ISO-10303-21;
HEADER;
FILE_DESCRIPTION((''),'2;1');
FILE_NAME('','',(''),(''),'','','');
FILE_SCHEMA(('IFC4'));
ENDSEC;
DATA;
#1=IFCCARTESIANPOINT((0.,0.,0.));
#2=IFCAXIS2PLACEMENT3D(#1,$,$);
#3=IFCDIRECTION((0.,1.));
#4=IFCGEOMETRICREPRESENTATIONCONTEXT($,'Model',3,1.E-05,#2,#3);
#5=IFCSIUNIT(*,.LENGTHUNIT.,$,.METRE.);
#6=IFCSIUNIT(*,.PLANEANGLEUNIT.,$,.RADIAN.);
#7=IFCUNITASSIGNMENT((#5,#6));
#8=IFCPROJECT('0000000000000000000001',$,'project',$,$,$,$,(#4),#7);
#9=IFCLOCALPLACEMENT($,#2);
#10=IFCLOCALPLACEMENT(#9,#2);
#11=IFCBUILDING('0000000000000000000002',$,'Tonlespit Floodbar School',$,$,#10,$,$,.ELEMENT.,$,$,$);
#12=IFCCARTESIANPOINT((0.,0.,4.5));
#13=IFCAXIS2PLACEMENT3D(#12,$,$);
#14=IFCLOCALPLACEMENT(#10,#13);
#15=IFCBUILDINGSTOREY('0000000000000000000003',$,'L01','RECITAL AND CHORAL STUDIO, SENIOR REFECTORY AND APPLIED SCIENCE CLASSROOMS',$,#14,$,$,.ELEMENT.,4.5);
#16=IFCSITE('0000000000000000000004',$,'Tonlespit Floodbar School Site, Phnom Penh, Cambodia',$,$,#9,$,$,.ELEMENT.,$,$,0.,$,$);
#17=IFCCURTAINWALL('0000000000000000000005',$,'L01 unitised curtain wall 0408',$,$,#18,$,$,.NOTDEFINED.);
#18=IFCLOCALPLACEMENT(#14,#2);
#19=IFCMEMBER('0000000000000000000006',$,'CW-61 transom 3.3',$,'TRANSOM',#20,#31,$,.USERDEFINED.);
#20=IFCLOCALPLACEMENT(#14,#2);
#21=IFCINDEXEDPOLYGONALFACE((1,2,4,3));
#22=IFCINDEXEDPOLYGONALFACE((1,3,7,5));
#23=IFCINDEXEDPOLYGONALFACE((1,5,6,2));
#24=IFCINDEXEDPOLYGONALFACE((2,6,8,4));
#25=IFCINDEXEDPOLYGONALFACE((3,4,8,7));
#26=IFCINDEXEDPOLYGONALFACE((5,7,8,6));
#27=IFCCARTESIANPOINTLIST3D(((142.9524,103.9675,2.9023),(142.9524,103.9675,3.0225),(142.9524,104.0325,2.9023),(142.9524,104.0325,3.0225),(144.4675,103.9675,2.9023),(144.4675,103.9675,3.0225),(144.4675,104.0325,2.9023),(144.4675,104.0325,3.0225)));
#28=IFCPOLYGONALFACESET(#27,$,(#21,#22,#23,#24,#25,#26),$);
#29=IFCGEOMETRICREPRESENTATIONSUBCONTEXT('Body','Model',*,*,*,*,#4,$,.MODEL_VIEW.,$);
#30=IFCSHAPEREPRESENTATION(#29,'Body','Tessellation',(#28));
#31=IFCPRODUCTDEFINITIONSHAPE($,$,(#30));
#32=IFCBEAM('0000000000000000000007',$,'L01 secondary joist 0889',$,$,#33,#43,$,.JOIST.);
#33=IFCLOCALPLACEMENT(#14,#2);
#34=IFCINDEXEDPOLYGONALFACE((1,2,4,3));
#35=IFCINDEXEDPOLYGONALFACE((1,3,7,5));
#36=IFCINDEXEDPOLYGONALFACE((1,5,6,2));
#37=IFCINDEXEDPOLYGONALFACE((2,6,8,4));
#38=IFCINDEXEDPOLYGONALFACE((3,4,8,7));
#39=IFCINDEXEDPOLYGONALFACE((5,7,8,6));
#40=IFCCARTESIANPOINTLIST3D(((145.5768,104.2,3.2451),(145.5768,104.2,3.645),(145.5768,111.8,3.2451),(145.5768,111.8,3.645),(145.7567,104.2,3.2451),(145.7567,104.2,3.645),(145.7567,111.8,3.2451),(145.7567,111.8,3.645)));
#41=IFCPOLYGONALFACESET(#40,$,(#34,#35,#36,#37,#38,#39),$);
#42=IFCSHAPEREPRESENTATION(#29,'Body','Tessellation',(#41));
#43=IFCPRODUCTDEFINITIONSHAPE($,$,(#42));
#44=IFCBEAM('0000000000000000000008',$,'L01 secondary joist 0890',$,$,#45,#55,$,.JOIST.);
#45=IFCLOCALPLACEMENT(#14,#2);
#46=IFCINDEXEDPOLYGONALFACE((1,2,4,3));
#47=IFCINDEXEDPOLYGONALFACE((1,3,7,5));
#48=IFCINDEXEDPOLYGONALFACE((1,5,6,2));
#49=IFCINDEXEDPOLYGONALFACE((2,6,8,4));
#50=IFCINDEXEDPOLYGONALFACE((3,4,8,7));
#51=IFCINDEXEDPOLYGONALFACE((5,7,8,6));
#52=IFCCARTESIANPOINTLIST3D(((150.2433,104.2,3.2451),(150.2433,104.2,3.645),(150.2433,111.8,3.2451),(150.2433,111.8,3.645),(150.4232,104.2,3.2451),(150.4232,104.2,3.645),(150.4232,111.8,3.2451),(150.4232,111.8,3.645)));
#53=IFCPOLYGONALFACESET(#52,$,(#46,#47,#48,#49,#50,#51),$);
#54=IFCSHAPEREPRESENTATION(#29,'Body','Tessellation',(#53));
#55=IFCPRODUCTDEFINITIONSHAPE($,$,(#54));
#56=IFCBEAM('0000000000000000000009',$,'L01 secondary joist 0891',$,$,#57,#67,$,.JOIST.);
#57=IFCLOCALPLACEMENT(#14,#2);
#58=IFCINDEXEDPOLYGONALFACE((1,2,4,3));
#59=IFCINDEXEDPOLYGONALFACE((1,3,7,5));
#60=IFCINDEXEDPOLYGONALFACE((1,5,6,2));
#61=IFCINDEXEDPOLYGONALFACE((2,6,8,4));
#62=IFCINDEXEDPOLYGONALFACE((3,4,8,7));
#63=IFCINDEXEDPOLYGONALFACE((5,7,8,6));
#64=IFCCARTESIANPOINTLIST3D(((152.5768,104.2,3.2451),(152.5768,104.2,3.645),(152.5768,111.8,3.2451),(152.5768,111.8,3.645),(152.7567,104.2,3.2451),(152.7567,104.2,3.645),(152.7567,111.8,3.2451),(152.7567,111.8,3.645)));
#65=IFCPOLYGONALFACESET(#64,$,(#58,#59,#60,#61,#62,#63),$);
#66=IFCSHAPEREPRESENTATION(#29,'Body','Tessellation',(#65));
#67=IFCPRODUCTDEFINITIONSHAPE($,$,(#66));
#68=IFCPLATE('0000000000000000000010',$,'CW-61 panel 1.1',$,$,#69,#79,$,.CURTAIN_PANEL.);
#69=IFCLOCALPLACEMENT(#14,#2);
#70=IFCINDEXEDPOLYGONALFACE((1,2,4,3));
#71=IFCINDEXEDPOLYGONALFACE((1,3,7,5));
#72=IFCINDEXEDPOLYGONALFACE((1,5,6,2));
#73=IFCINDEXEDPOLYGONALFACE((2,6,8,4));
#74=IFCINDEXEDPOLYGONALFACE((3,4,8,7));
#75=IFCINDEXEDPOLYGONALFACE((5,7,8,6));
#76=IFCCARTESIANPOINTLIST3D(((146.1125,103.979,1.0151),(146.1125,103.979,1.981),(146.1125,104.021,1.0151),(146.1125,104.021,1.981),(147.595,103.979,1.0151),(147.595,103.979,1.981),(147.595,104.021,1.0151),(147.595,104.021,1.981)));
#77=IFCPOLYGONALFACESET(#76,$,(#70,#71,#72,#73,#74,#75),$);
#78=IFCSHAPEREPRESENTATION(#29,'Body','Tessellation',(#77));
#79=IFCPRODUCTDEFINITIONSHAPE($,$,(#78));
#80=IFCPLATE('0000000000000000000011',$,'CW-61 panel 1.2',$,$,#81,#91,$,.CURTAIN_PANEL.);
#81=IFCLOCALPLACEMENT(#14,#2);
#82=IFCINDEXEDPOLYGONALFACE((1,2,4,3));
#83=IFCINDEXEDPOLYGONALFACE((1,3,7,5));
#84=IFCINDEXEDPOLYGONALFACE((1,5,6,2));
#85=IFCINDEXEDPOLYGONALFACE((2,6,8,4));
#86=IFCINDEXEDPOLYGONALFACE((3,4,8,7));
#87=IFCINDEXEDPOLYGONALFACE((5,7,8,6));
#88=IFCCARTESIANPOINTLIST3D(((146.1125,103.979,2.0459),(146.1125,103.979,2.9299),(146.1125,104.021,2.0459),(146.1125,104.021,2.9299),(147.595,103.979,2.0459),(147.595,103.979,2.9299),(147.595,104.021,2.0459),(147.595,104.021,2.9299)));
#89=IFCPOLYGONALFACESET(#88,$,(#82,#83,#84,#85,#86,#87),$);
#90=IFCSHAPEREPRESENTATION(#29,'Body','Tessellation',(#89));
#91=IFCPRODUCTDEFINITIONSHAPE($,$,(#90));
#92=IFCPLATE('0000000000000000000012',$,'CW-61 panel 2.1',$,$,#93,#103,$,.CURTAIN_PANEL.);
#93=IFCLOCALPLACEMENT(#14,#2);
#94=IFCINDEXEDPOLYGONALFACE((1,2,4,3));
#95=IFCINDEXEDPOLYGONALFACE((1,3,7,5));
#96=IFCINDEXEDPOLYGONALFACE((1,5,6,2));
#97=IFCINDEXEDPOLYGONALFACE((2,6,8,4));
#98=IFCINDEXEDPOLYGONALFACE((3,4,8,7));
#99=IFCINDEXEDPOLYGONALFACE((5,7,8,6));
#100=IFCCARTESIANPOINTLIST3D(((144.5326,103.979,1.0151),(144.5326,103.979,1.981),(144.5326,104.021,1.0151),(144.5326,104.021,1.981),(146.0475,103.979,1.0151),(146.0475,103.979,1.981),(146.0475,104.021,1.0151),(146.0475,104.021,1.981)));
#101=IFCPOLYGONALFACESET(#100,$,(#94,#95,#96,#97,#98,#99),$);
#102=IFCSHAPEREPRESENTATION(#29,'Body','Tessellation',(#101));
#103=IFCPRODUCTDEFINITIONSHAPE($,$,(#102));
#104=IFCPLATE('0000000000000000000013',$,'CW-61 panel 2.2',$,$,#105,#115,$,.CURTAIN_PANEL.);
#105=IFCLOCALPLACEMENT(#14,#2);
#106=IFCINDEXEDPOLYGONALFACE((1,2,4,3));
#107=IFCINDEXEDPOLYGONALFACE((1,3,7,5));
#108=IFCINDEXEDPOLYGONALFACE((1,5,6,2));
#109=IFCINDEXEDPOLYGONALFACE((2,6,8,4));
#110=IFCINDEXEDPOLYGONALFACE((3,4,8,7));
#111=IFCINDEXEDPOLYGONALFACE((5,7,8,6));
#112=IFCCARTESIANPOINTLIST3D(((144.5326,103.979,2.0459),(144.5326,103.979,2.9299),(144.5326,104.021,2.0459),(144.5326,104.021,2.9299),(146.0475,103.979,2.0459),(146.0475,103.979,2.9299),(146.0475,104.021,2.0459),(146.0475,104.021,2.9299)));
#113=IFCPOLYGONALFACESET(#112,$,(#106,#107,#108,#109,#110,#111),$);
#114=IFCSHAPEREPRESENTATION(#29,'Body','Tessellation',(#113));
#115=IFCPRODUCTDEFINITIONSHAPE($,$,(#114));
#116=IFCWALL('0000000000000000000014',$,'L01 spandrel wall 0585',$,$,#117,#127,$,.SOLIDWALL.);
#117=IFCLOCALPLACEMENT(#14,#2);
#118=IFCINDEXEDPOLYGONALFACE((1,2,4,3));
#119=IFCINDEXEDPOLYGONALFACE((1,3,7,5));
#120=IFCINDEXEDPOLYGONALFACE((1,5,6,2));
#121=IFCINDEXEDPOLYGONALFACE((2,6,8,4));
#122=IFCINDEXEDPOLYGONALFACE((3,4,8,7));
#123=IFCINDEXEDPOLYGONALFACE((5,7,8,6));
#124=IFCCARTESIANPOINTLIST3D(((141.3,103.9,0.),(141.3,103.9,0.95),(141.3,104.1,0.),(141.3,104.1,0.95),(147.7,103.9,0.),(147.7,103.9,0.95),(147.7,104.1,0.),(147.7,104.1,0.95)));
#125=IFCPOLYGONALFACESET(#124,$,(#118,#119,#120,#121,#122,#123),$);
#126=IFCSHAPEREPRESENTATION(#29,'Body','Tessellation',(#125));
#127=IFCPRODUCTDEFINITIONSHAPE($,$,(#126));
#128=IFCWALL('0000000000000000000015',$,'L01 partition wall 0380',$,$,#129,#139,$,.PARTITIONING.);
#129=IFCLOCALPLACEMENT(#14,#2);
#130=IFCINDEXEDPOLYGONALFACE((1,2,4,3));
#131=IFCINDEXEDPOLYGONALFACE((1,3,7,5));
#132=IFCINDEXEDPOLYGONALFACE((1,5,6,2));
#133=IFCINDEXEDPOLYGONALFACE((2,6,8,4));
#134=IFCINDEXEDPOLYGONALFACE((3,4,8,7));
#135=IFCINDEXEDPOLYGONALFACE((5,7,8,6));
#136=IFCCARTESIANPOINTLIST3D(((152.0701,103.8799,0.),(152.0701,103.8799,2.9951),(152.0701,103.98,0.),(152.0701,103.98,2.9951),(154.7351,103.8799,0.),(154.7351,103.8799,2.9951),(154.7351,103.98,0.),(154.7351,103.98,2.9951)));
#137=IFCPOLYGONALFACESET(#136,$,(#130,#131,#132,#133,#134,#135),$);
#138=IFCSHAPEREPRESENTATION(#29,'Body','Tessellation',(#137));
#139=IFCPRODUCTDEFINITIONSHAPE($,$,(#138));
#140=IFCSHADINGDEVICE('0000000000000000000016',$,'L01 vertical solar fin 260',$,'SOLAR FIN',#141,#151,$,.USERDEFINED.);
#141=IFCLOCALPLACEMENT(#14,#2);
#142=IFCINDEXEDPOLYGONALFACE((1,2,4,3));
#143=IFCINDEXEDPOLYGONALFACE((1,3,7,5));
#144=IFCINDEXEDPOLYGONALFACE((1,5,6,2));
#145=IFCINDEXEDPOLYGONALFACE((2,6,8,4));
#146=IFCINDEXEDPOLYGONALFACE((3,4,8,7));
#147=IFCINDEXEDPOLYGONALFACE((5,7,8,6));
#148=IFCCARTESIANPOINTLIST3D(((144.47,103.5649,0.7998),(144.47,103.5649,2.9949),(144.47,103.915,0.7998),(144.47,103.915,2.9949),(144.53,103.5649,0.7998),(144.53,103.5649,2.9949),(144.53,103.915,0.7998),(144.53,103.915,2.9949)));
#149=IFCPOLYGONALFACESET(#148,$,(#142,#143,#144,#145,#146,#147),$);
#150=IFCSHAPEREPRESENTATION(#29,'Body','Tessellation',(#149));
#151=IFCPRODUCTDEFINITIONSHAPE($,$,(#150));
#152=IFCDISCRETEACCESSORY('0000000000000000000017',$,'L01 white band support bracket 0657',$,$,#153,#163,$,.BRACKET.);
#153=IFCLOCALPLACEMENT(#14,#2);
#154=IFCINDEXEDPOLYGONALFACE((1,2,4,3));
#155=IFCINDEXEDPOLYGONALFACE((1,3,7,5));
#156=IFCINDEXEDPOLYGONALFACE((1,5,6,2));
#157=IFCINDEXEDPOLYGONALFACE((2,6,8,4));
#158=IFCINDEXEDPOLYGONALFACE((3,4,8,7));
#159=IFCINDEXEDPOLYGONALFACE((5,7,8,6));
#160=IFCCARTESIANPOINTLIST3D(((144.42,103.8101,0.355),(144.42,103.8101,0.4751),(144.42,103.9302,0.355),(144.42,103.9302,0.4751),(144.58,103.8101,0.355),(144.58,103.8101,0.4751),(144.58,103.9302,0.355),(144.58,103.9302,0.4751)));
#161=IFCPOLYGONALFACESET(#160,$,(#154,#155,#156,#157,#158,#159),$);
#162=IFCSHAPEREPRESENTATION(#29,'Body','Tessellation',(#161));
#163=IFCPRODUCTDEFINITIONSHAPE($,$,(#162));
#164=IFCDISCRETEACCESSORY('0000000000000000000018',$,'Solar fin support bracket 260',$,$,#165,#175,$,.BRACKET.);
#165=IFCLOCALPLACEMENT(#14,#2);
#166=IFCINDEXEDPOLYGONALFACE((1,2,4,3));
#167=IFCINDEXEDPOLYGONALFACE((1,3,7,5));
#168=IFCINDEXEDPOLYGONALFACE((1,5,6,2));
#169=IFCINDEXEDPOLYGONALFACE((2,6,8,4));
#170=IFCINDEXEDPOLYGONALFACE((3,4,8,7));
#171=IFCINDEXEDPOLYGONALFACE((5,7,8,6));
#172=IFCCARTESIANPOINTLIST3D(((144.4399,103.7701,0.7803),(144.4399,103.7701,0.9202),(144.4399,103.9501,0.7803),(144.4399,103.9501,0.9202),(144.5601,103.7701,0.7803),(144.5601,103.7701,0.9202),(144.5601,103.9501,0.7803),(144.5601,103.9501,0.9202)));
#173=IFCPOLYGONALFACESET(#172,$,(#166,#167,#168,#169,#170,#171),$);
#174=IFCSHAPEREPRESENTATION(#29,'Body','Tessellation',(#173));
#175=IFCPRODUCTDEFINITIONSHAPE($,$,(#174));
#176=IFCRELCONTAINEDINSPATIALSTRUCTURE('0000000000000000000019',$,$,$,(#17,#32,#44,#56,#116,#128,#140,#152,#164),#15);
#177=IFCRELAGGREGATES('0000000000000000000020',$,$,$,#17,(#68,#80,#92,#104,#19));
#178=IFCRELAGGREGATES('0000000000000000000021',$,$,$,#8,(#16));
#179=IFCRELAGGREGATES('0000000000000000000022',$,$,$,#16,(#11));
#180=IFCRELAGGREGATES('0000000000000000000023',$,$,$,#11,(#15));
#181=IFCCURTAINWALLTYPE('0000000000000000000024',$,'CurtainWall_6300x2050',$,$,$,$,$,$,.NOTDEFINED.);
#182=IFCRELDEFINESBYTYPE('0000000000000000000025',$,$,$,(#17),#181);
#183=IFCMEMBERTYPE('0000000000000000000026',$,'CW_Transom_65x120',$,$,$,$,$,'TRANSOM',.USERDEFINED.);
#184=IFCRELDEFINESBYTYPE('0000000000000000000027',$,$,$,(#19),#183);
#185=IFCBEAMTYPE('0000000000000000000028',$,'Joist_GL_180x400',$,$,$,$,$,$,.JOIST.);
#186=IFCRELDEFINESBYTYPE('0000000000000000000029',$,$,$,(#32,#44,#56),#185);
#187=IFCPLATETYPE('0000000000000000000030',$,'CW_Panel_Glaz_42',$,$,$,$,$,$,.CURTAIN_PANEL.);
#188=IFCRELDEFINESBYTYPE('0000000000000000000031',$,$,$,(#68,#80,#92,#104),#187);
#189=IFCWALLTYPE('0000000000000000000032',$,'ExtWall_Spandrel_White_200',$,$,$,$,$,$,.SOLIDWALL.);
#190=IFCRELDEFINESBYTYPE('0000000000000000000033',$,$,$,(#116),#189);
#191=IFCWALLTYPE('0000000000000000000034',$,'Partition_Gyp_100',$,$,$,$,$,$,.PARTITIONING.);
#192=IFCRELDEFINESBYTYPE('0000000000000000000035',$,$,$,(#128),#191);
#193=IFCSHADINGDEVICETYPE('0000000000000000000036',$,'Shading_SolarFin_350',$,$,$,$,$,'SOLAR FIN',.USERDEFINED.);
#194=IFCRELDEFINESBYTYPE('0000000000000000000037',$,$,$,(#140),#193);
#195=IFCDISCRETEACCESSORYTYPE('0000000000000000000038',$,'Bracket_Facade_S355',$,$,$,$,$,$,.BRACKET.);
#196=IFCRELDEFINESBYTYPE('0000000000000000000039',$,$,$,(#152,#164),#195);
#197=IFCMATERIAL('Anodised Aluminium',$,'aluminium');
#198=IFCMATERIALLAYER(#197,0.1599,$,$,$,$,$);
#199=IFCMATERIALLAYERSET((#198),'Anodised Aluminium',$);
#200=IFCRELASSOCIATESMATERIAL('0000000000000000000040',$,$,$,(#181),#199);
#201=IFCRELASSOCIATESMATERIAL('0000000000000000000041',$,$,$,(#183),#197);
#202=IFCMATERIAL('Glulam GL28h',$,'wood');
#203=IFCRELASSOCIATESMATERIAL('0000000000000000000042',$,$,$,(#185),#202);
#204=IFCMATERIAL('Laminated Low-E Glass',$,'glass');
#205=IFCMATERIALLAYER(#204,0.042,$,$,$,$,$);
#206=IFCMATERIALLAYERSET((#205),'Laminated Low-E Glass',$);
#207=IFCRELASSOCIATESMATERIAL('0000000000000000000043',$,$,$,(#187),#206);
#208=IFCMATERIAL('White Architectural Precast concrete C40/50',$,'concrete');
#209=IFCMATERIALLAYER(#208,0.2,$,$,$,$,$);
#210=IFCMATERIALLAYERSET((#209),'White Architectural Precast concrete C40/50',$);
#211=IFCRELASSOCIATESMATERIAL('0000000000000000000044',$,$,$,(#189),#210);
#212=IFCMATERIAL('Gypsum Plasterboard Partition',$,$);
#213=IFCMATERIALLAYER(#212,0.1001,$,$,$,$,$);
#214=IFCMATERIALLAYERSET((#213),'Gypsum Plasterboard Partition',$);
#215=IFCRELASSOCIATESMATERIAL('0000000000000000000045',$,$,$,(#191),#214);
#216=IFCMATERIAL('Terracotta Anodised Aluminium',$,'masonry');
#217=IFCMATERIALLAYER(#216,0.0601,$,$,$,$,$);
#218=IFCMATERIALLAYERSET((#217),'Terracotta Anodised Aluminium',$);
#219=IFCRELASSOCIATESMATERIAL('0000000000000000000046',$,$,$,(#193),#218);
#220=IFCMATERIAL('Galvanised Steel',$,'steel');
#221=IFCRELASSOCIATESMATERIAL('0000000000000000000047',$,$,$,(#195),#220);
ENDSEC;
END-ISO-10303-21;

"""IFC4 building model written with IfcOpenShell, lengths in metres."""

from ifc_helpers import new_model, si_unit, direction, frame, frame_2d, origin, origin_2d, place, context, subcontext, project, spatial, rectangle, extrude, material, layer, layer_set, material_profile, profile_set, type_object, element, aggregate, save


model = new_model("IFC4")

# Units and contexts
model_context = context("Model", 3, precision=1e-05, world=origin(), true_north=direction((0.0, 1.0)))
body_context = subcontext(model_context, "Body", "Model", "MODEL_VIEW")
ifc_project = project(units=[si_unit("LENGTHUNIT", "METRE"), si_unit("PLANEANGLEUNIT", "RADIAN")], contexts=[model_context])

# Site, building, storey
site_placement = place(None, origin())
site = spatial("IfcSite", under=ifc_project, at=site_placement, Name="Tonlespit Floodbar School Site, Phnom Penh, Cambodia", CompositionType="ELEMENT", RefElevation=0.0)
building_placement = place(site_placement, origin())
building = spatial("IfcBuilding", under=site, at=building_placement, Name="Tonlespit Floodbar School", CompositionType="ELEMENT")
storey_placement = place(building_placement, frame((0.0, 0.0, 4.5)))
storey = spatial("IfcBuildingStorey", under=building, at=storey_placement, Name="L01", Description="RECITAL AND CHORAL STUDIO, SENIOR REFECTORY AND APPLIED SCIENCE CLASSROOMS", CompositionType="ELEMENT", Elevation=4.5)

# Curtain wall, member
ifc_material_1 = material(Name="Anodised Aluminium", Category="aluminium")
ifc_layer_1 = layer(ifc_material_1, 0.1599)
ifc_layer_set_1 = layer_set([ifc_layer_1], Name="Anodised Aluminium")
curtain_wall_type = type_object("IfcCurtainWallType", Name="CurtainWall_6300x2050", PredefinedType="NOTDEFINED", material=ifc_layer_set_1)
curtain_wall_placement = place(storey_placement, origin())
curtain_wall = element("IfcCurtainWall", 1, at=curtain_wall_placement, inside=storey, type_object=curtain_wall_type, Name="L01 unitised curtain wall 0408", PredefinedType="NOTDEFINED")
ifc_material_profile_1 = material_profile(ifc_material_1, rectangle(XDim=0.0649, YDim=0.1201, at=origin_2d()), Name="ALU T65x120")
ifc_profile_set_1 = profile_set([ifc_material_profile_1], Name="Anodised Aluminium")
member_type_1 = type_object("IfcMemberType", Name="CW_Transom_65x120", ElementType="TRANSOM", PredefinedType="USERDEFINED", material=ifc_profile_set_1)
member_1_placement = place(storey_placement, frame((144.4675, 104.0, 2.9624), z_axis=(-1.0, 0.0, 0.0), x_axis=(0.0, -1.0, 0.0)))
member_1 = element("IfcMember", 2, at=member_1_placement, type_object=member_type_1, Name="CW-61 transom 3.3", ObjectType="TRANSOM", PredefinedType="USERDEFINED", context=body_context, shape_type="SweptSolid", body=[
    extrude(rectangle(XDim=0.0649, YDim=0.1201, at=origin_2d()), origin(), (0.0, 0.0, 1.0), 1.5151),
])

# Beams
ifc_material_2 = material(Name="Glulam GL28h", Category="wood")
ifc_material_profile_2 = material_profile(ifc_material_2, rectangle(XDim=0.1799, YDim=0.3999, at=origin_2d()), Name="GL 180x400")
ifc_profile_set_2 = profile_set([ifc_material_profile_2], Name="Glulam GL28h")
beam_type_1 = type_object("IfcBeamType", Name="Joist_GL_180x400", PredefinedType="JOIST", material=ifc_profile_set_2)
for number, where, z_axis, x_axis, name in (
    (3, (145.6667, 104.2, 3.4451), (0.0, 1.0, 0.0), (-1.0, 0.0, 0.0), "L01 secondary joist 0889"),
    (4, (150.3333, 104.2, 3.4451), (0.0, 1.0, 0.0), (-1.0, 0.0, 0.0), "L01 secondary joist 0890"),
    (5, (152.6667, 104.2, 3.4451), (0.0, 1.0, 0.0), (-1.0, 0.0, 0.0), "L01 secondary joist 0891"),
):
    element("IfcBeam", number, at=place(storey_placement, frame(where, z_axis=z_axis, x_axis=x_axis)), inside=storey, type_object=beam_type_1, Name=name, PredefinedType="JOIST", context=body_context, shape_type="SweptSolid", body=[
        extrude(rectangle(XDim=0.1799, YDim=0.3999, at=origin_2d()), origin(), (0.0, 0.0, 1.0), 7.6001),
    ])

# Plates
ifc_material_3 = material(Name="Laminated Low-E Glass", Category="glass")
ifc_layer_2 = layer(ifc_material_3, 0.042)
ifc_layer_set_2 = layer_set([ifc_layer_2], Name="Laminated Low-E Glass")
plate_type = type_object("IfcPlateType", Name="CW_Panel_Glaz_42", PredefinedType="CURTAIN_PANEL", material=ifc_layer_set_2)
plate_1_placement = place(storey_placement, frame((146.8538, 104.0, 1.0151), z_axis=(0.0, 0.0, 1.0), x_axis=(-1.0, 0.0, 0.0)))
plate_1 = element("IfcPlate", 6, at=plate_1_placement, type_object=plate_type, Name="CW-61 panel 1.1", PredefinedType="CURTAIN_PANEL", context=body_context, shape_type="SweptSolid", body=[
    extrude(rectangle(XDim=1.4824, YDim=0.042, at=origin_2d()), origin(), (0.0, 0.0, 1.0), 0.9658),
])
plate_2_placement = place(storey_placement, frame((146.8538, 104.0, 2.0459), z_axis=(0.0, 0.0, 1.0), x_axis=(-1.0, 0.0, 0.0)))
plate_2 = element("IfcPlate", 7, at=plate_2_placement, type_object=plate_type, Name="CW-61 panel 1.2", PredefinedType="CURTAIN_PANEL", context=body_context, shape_type="SweptSolid", body=[
    extrude(rectangle(XDim=1.4824, YDim=0.042, at=origin_2d()), origin(), (0.0, 0.0, 1.0), 0.884),
])
plate_3_placement = place(storey_placement, frame((145.29, 104.0, 1.0151), z_axis=(0.0, 0.0, 1.0), x_axis=(-1.0, 0.0, 0.0)))
plate_3 = element("IfcPlate", 8, at=plate_3_placement, type_object=plate_type, Name="CW-61 panel 2.1", PredefinedType="CURTAIN_PANEL", context=body_context, shape_type="SweptSolid", body=[
    extrude(rectangle(XDim=1.5149, YDim=0.042, at=origin_2d()), origin(), (0.0, 0.0, 1.0), 0.9658),
])
plate_4_placement = place(storey_placement, frame((145.29, 104.0, 2.0459), z_axis=(0.0, 0.0, 1.0), x_axis=(-1.0, 0.0, 0.0)))
plate_4 = element("IfcPlate", 9, at=plate_4_placement, type_object=plate_type, Name="CW-61 panel 2.2", PredefinedType="CURTAIN_PANEL", context=body_context, shape_type="SweptSolid", body=[
    extrude(rectangle(XDim=1.5149, YDim=0.042, at=origin_2d()), origin(), (0.0, 0.0, 1.0), 0.884),
])
aggregate(curtain_wall, [plate_1, plate_2, plate_3, plate_4, member_1])

# Walls
ifc_material_4 = material(Name="White Architectural Precast concrete C40/50", Category="concrete")
ifc_layer_3 = layer(ifc_material_4, 0.2)
ifc_layer_set_3 = layer_set([ifc_layer_3], Name="White Architectural Precast concrete C40/50")
wall_type_1 = type_object("IfcWallType", Name="ExtWall_Spandrel_White_200", PredefinedType="SOLIDWALL", material=ifc_layer_set_3)
wall_1_placement = place(storey_placement, frame((147.7, 104.0, 0.0), z_axis=(0.0, 0.0, 1.0), x_axis=(-1.0, 0.0, 0.0)))
element("IfcWall", 10, at=wall_1_placement, inside=storey, type_object=wall_type_1, Name="L01 spandrel wall 0585", PredefinedType="SOLIDWALL", context=body_context, shape_type="SweptSolid", body=[
    extrude(rectangle(XDim=6.3999, YDim=0.2, at=frame_2d((3.2, 0.0))), origin(), (0.0, 0.0, 1.0), 0.95),
])
ifc_material_5 = material(Name="Gypsum Plasterboard Partition")
ifc_layer_4 = layer(ifc_material_5, 0.1001)
ifc_layer_set_4 = layer_set([ifc_layer_4], Name="Gypsum Plasterboard Partition")
wall_type_2 = type_object("IfcWallType", Name="Partition_Gyp_100", PredefinedType="PARTITIONING", material=ifc_layer_set_4)
wall_2_placement = place(storey_placement, frame((152.0701, 103.9299, 0.0), z_axis=(0.0, 0.0, 1.0), x_axis=(1.0, 0.0, 0.0)))
element("IfcWall", 11, at=wall_2_placement, inside=storey, type_object=wall_type_2, Name="L01 partition wall 0380", PredefinedType="PARTITIONING", context=body_context, shape_type="SweptSolid", body=[
    extrude(rectangle(XDim=2.665, YDim=0.1001, at=frame_2d((1.3325, 0.0))), origin(), (0.0, 0.0, 1.0), 2.9951),
])

# Shading device
ifc_material_6 = material(Name="Terracotta Anodised Aluminium", Category="masonry")
ifc_layer_5 = layer(ifc_material_6, 0.0601)
ifc_layer_set_5 = layer_set([ifc_layer_5], Name="Terracotta Anodised Aluminium")
shading_device_type = type_object("IfcShadingDeviceType", Name="Shading_SolarFin_350", ElementType="SOLAR FIN", PredefinedType="USERDEFINED", material=ifc_layer_set_5)
shading_device_placement = place(storey_placement, frame((144.5, 103.74, 0.7998), z_axis=(0.0, 0.0, 1.0), x_axis=(-1.0, 0.0, 0.0)))
element("IfcShadingDevice", 12, at=shading_device_placement, inside=storey, type_object=shading_device_type, Name="L01 vertical solar fin 260", ObjectType="SOLAR FIN", PredefinedType="USERDEFINED", context=body_context, shape_type="SweptSolid", body=[
    extrude(rectangle(XDim=0.0601, YDim=0.3501, at=origin_2d()), origin(), (0.0, 0.0, 1.0), 2.1951),
])

# Discrete accessories
ifc_material_7 = material(Name="Galvanised Steel", Category="steel")
discrete_accessory_type = type_object("IfcDiscreteAccessoryType", Name="Bracket_Facade_S355", PredefinedType="BRACKET", material=ifc_material_7)
discrete_accessory_1_placement = place(storey_placement, frame((144.5, 103.8701, 0.355), z_axis=(0.0, 0.0, 1.0), x_axis=(-1.0, 0.0, 0.0)))
element("IfcDiscreteAccessory", 13, at=discrete_accessory_1_placement, inside=storey, type_object=discrete_accessory_type, Name="L01 white band support bracket 0657", PredefinedType="BRACKET", context=body_context, shape_type="SweptSolid", body=[
    extrude(rectangle(XDim=0.1599, YDim=0.1201, at=origin_2d()), origin(), (0.0, 0.0, 1.0), 0.1201),
])
discrete_accessory_2_placement = place(storey_placement, frame((144.5, 103.8601, 0.7803), z_axis=(0.0, 0.0, 1.0), x_axis=(-1.0, 0.0, 0.0)))
element("IfcDiscreteAccessory", 14, at=discrete_accessory_2_placement, inside=storey, type_object=discrete_accessory_type, Name="Solar fin support bracket 260", PredefinedType="BRACKET", context=body_context, shape_type="SweptSolid", body=[
    extrude(rectangle(XDim=0.1201, YDim=0.1799, at=origin_2d()), origin(), (0.0, 0.0, 1.0), 0.1399),
])

save(model, "model.ifc")
